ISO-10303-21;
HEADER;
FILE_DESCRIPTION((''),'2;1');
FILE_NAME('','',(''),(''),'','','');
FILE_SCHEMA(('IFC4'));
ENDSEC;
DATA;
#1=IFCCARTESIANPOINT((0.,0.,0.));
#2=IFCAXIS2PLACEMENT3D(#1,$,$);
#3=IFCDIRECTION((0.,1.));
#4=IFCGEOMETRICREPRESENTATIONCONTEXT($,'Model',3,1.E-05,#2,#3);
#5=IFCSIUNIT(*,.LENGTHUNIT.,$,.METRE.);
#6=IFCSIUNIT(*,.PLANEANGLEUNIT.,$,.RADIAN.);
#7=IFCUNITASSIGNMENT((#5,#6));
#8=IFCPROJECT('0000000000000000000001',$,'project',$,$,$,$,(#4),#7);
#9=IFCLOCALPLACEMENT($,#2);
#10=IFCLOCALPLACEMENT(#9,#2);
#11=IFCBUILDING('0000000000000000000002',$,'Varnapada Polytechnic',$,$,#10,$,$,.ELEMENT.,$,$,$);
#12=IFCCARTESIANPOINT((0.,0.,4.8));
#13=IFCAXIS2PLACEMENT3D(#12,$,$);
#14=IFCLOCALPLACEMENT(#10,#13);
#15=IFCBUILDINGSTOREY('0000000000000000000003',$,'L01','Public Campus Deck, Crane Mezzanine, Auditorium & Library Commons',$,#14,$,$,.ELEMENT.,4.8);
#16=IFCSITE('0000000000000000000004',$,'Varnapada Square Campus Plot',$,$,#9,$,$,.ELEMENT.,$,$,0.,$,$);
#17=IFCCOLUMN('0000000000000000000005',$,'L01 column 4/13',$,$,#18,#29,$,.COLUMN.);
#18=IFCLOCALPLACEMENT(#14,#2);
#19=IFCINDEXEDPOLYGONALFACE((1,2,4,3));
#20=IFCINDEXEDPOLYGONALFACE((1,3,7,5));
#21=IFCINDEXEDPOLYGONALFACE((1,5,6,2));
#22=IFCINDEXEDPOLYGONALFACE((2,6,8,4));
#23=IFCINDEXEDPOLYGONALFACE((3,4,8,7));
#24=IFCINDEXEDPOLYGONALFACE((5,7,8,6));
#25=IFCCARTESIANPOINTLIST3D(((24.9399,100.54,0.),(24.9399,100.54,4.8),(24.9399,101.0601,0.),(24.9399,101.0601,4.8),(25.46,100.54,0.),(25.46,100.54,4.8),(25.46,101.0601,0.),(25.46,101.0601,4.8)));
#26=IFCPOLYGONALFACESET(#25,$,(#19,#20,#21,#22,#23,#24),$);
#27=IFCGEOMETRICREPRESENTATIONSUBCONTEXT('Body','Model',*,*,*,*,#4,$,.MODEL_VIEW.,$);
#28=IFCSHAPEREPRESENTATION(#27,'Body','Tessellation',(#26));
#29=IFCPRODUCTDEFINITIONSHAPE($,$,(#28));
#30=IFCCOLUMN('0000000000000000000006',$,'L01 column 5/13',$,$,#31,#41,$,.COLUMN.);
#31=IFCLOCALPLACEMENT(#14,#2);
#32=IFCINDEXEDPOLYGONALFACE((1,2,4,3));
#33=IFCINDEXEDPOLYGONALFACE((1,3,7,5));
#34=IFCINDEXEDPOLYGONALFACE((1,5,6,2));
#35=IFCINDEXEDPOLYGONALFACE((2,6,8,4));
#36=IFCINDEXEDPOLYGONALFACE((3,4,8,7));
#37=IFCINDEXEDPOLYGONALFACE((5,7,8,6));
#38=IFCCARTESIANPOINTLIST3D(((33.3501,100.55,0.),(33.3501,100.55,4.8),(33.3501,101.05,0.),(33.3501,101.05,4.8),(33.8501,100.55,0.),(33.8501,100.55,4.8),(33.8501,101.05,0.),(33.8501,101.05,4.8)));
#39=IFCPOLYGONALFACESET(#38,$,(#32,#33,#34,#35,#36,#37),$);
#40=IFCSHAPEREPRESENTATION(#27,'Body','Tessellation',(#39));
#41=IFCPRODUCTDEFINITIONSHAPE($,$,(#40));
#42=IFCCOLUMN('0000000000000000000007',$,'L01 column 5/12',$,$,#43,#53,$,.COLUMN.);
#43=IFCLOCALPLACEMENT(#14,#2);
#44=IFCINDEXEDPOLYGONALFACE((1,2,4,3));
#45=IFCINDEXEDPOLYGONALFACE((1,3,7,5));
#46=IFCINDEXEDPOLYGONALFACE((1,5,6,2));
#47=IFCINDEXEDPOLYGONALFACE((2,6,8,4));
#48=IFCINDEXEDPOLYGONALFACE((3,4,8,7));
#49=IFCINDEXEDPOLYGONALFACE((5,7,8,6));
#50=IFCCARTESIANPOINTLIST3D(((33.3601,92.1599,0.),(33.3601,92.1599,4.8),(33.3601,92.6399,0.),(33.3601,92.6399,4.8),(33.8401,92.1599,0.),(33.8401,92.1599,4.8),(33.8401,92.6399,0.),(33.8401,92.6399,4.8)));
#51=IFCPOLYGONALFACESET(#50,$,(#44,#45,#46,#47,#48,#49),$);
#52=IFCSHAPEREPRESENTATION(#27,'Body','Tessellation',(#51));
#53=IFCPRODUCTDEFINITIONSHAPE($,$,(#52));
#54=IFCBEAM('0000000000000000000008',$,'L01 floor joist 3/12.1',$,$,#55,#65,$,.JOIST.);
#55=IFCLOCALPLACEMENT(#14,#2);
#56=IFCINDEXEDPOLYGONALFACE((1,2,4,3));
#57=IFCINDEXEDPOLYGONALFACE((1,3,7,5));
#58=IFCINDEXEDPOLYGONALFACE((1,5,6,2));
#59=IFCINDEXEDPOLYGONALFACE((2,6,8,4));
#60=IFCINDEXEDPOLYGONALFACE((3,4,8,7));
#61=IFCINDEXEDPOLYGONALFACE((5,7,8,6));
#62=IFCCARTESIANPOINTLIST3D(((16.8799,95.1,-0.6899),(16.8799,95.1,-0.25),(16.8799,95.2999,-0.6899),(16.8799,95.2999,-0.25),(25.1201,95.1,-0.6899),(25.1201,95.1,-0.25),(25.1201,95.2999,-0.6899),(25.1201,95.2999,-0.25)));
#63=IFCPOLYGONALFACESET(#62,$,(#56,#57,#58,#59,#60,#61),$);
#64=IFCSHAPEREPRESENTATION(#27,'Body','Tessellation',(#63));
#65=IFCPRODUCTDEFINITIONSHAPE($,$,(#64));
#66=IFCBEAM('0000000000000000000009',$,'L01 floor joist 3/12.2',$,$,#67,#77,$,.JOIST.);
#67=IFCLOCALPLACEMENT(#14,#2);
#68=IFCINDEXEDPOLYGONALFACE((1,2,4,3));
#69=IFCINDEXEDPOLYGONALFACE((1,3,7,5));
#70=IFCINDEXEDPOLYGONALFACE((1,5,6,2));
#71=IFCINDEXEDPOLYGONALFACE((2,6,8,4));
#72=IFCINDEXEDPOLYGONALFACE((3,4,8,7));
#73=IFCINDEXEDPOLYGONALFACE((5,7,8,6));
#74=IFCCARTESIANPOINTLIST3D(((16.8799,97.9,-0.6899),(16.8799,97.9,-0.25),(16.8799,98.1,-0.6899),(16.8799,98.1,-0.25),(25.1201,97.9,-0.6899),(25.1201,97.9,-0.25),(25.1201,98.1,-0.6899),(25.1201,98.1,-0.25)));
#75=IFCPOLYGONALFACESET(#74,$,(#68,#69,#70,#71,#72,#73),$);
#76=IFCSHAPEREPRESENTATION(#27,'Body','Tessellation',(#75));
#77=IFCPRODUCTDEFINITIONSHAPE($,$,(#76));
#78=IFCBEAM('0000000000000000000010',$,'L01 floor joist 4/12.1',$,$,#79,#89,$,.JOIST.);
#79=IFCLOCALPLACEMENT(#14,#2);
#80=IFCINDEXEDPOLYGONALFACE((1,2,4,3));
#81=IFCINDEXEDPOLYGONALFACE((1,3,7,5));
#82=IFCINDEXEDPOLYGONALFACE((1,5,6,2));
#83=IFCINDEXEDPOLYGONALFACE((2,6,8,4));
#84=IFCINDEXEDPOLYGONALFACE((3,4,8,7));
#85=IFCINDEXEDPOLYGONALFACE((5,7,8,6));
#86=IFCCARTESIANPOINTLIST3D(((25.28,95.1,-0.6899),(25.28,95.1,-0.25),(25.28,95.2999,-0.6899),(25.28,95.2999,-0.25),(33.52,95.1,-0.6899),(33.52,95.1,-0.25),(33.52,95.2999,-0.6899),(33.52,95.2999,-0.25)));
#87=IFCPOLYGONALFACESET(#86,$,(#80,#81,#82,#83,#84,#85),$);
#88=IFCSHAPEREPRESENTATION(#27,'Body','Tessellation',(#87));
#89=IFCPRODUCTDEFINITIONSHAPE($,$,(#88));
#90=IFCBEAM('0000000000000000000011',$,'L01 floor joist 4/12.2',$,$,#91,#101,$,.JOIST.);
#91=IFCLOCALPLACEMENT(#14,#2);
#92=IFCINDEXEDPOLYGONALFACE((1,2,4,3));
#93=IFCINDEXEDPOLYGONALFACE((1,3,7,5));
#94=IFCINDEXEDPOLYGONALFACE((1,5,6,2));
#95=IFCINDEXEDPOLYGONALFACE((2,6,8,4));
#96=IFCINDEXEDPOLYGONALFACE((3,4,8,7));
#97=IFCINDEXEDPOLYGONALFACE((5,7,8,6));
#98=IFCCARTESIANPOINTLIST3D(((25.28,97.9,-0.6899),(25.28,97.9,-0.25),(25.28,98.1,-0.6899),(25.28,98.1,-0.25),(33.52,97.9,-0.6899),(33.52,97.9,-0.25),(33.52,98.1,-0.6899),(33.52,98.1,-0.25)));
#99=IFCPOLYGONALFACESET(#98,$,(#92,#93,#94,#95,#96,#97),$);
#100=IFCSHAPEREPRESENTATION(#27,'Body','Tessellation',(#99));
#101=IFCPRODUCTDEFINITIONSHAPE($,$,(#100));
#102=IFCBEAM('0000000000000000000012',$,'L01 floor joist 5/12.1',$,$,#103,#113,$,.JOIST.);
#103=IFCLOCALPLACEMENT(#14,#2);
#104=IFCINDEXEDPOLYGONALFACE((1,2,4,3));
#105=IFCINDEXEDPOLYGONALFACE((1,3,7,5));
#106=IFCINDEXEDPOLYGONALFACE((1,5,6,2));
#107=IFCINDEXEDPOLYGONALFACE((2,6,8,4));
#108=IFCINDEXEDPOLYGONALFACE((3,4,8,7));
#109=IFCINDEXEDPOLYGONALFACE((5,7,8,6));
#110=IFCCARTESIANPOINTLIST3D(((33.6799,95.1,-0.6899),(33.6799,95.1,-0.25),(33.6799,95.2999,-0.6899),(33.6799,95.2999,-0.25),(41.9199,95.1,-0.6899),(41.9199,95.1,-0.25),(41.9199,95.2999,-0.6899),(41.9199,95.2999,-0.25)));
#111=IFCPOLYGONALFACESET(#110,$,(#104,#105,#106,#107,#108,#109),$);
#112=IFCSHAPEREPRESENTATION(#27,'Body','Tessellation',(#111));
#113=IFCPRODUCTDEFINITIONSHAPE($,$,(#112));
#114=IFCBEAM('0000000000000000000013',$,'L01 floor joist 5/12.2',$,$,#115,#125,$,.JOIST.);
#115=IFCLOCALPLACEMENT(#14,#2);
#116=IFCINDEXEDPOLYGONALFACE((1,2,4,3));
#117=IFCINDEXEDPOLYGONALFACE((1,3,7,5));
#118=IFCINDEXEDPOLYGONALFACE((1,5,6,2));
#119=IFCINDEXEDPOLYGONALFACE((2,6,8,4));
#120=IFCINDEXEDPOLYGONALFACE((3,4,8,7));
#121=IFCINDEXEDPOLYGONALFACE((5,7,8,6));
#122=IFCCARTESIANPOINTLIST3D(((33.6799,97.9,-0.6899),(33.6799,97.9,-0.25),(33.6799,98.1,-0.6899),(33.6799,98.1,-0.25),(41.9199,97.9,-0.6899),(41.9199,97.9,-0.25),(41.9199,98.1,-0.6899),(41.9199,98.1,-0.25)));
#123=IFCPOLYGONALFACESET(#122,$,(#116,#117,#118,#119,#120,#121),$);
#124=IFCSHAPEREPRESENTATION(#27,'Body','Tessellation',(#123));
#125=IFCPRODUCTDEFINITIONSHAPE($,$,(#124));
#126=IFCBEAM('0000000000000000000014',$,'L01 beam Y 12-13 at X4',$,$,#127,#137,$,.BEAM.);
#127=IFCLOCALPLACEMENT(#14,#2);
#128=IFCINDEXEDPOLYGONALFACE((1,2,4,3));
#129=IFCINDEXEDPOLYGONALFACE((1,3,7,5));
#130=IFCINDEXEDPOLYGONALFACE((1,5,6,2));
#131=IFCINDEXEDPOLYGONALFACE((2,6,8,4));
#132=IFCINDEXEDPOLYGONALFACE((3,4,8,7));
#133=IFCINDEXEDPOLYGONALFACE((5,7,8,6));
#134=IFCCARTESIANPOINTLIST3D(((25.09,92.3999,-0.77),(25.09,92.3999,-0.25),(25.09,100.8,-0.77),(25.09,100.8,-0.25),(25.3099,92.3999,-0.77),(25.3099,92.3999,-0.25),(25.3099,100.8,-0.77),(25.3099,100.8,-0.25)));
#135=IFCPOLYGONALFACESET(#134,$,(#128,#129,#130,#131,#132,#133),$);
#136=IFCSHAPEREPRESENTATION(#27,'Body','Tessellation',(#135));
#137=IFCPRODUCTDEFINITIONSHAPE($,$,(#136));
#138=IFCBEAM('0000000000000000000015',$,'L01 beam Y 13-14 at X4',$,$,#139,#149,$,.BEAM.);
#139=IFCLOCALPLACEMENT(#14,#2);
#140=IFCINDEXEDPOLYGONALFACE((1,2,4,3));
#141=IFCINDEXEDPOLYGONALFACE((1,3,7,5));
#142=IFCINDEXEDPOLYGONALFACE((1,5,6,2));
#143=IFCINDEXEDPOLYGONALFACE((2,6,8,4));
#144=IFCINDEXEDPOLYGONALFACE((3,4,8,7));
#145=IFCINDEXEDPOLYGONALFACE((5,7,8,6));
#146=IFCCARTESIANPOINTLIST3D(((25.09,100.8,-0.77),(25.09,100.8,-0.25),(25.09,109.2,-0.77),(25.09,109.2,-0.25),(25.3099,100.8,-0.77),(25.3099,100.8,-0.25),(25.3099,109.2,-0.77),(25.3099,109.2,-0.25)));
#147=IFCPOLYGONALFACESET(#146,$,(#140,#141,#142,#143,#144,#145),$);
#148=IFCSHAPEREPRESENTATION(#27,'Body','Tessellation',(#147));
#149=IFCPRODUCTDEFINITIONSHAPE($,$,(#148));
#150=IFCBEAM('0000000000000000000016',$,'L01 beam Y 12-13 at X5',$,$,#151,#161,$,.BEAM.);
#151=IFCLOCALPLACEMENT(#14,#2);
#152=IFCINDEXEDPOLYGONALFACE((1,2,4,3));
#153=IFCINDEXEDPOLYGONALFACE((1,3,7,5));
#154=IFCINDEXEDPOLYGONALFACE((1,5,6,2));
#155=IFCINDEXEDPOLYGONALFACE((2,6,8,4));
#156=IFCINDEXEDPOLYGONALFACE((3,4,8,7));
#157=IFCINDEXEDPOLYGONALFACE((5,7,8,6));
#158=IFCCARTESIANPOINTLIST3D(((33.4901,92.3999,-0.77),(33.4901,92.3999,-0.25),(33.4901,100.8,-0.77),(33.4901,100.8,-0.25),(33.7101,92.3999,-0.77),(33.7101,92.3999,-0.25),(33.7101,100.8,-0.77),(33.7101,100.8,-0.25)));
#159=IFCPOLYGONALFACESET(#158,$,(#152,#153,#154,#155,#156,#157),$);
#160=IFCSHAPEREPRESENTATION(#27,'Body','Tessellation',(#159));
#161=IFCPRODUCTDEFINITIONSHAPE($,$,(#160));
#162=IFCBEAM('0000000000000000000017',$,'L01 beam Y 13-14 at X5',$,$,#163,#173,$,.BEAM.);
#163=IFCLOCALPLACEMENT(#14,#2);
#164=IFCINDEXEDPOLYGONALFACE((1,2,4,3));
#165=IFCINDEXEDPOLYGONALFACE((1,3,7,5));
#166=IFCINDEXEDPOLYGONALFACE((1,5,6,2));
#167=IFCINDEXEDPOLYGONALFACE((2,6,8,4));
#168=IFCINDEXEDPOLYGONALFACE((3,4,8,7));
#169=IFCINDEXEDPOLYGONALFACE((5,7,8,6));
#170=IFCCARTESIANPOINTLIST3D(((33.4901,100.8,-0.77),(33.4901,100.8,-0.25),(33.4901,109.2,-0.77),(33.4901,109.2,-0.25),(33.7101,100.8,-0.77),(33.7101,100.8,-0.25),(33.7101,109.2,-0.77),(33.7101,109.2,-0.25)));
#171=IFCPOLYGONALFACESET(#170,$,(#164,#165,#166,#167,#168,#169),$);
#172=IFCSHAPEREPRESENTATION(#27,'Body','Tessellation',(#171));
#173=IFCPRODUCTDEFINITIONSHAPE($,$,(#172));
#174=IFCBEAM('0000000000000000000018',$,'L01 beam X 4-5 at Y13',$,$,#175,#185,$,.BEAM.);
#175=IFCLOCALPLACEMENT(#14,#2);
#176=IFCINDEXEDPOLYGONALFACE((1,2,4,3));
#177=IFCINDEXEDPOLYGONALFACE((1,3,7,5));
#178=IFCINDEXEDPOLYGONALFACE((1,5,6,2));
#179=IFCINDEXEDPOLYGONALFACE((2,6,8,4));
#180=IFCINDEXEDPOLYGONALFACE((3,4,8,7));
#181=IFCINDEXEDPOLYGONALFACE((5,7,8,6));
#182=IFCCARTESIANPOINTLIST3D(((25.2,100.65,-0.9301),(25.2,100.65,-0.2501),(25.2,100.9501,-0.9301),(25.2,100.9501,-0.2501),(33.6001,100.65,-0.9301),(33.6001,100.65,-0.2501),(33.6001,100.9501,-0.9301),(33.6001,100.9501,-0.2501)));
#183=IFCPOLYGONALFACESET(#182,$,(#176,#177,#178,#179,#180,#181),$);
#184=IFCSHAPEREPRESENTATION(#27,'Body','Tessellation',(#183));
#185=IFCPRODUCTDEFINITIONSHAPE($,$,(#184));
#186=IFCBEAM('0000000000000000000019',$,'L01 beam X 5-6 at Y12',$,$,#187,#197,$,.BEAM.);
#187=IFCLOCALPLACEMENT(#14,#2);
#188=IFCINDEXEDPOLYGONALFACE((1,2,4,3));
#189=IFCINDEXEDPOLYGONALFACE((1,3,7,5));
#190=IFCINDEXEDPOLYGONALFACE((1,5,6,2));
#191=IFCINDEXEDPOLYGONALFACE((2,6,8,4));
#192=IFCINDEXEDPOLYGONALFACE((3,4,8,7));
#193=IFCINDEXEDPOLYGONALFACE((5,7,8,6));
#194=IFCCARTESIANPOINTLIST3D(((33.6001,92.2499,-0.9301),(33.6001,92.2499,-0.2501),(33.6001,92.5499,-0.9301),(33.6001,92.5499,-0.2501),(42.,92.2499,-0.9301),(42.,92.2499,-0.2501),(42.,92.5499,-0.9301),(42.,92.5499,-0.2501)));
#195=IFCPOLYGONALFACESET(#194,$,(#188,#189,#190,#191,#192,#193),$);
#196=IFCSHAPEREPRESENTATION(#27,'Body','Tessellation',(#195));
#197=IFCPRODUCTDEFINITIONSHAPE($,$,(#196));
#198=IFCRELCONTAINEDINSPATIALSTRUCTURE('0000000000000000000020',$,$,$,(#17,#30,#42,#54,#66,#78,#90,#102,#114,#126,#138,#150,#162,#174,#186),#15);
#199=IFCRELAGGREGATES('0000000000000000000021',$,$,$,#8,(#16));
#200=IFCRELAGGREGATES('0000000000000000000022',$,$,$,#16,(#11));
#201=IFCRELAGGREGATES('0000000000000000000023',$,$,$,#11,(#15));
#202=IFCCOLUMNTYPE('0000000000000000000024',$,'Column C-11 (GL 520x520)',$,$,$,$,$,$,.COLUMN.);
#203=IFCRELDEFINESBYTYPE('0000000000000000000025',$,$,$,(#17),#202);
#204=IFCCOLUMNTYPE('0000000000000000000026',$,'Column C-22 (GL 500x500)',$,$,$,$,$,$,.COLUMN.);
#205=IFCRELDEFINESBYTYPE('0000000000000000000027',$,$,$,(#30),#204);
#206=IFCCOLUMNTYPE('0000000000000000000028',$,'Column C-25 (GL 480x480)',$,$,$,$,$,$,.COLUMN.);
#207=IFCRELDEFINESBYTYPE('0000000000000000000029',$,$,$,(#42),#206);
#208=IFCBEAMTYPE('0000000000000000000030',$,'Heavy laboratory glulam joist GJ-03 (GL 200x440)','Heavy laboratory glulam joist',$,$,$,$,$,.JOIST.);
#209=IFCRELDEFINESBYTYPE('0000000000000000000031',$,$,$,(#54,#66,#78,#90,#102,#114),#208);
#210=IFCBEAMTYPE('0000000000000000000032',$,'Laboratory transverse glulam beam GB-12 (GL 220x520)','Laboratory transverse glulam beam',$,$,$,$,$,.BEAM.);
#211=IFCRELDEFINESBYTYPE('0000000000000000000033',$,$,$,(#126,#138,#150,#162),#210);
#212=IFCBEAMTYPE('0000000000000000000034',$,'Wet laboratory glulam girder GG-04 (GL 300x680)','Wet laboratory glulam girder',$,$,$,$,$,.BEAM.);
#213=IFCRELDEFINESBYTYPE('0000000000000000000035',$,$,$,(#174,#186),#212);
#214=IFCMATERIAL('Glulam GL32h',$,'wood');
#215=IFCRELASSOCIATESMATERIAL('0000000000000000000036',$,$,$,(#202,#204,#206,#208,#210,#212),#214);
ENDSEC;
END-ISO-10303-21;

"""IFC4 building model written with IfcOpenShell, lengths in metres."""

from ifc_helpers import new_model, si_unit, direction, frame, origin, origin_2d, place, context, subcontext, project, spatial, rectangle, extrude, material, material_profile, profile_set, type_object, element, save


model = new_model("IFC4")

# Units and contexts
model_context = context("Model", 3, precision=1e-05, world=origin(), true_north=direction((0.0, 1.0)))
body_context = subcontext(model_context, "Body", "Model", "MODEL_VIEW")
ifc_project = project(units=[si_unit("LENGTHUNIT", "METRE"), si_unit("PLANEANGLEUNIT", "RADIAN")], contexts=[model_context])

# Site, building, storey
site_placement = place(None, origin())
site = spatial("IfcSite", under=ifc_project, at=site_placement, Name="Varnapada Square Campus Plot", CompositionType="ELEMENT", RefElevation=0.0)
building_placement = place(site_placement, origin())
building = spatial("IfcBuilding", under=site, at=building_placement, Name="Varnapada Polytechnic", CompositionType="ELEMENT")
storey_placement = place(building_placement, frame((0.0, 0.0, 4.8)))
storey = spatial("IfcBuildingStorey", under=building, at=storey_placement, Name="L01", Description="Public Campus Deck, Crane Mezzanine, Auditorium & Library Commons", CompositionType="ELEMENT", Elevation=4.8)

# Columns
ifc_material_1 = material(Name="Glulam GL32h", Category="wood")
ifc_material_profile_1 = material_profile(ifc_material_1, rectangle(XDim=0.52, YDim=0.52, at=origin_2d()), Name="GL 520x520")
ifc_profile_set_1 = profile_set([ifc_material_profile_1], Name="Glulam GL32h")
column_type_1 = type_object("IfcColumnType", Name="Column C-11 (GL 520x520)", PredefinedType="COLUMN", material=ifc_profile_set_1)
column_1_placement = place(storey_placement, frame((25.2, 100.8, 0.0), z_axis=(0.0, 0.0, 1.0), x_axis=(1.0, 0.0, 0.0)))
element("IfcColumn", 1, at=column_1_placement, inside=storey, type_object=column_type_1, Name="L01 column 4/13", PredefinedType="COLUMN", context=body_context, shape_type="SweptSolid", body=[
    extrude(rectangle(XDim=0.52, YDim=0.52, at=origin_2d()), origin(), (0.0, 0.0, 1.0), 4.8),
])
ifc_material_profile_2 = material_profile(ifc_material_1, rectangle(XDim=0.5, YDim=0.5, at=origin_2d()), Name="GL 500x500")
ifc_profile_set_2 = profile_set([ifc_material_profile_2], Name="Glulam GL32h")
column_type_2 = type_object("IfcColumnType", Name="Column C-22 (GL 500x500)", PredefinedType="COLUMN", material=ifc_profile_set_2)
column_2_placement = place(storey_placement, frame((33.6001, 100.8, 0.0), z_axis=(0.0, 0.0, 1.0), x_axis=(1.0, 0.0, 0.0)))
element("IfcColumn", 2, at=column_2_placement, inside=storey, type_object=column_type_2, Name="L01 column 5/13", PredefinedType="COLUMN", context=body_context, shape_type="SweptSolid", body=[
    extrude(rectangle(XDim=0.5, YDim=0.5, at=origin_2d()), origin(), (0.0, 0.0, 1.0), 4.8),
])
ifc_material_profile_3 = material_profile(ifc_material_1, rectangle(XDim=0.48, YDim=0.48, at=origin_2d()), Name="GL 480x480")
ifc_profile_set_3 = profile_set([ifc_material_profile_3], Name="Glulam GL32h")
column_type_3 = type_object("IfcColumnType", Name="Column C-25 (GL 480x480)", PredefinedType="COLUMN", material=ifc_profile_set_3)
column_3_placement = place(storey_placement, frame((33.6001, 92.3999, 0.0), z_axis=(0.0, 0.0, 1.0), x_axis=(1.0, 0.0, 0.0)))
element("IfcColumn", 3, at=column_3_placement, inside=storey, type_object=column_type_3, Name="L01 column 5/12", PredefinedType="COLUMN", context=body_context, shape_type="SweptSolid", body=[
    extrude(rectangle(XDim=0.48, YDim=0.48, at=origin_2d()), origin(), (0.0, 0.0, 1.0), 4.8),
])

# Beams
ifc_material_profile_4 = material_profile(ifc_material_1, rectangle(XDim=0.2, YDim=0.4399, at=origin_2d()), Name="GL 200x440")
ifc_profile_set_4 = profile_set([ifc_material_profile_4], Name="Glulam GL32h")
beam_type_1 = type_object("IfcBeamType", Name="Heavy laboratory glulam joist GJ-03 (GL 200x440)", Description="Heavy laboratory glulam joist", PredefinedType="JOIST", material=ifc_profile_set_4)
for number, where, z_axis, x_axis, name in (
    (4, (16.8799, 95.2, -0.47), (1.0, 0.0, 0.0), (0.0, 1.0, 0.0), "L01 floor joist 3/12.1"),
    (5, (16.8799, 98.0, -0.47), (1.0, 0.0, 0.0), (0.0, 1.0, 0.0), "L01 floor joist 3/12.2"),
):
    element("IfcBeam", number, at=place(storey_placement, frame(where, z_axis=z_axis, x_axis=x_axis)), inside=storey, type_object=beam_type_1, Name=name, PredefinedType="JOIST", context=body_context, shape_type="SweptSolid", body=[
        extrude(rectangle(XDim=0.2, YDim=0.4399, at=origin_2d()), origin(), (0.0, 0.0, 1.0), 8.2402),
    ])
for number, where, z_axis, x_axis, name in (
    (6, (25.28, 95.2, -0.47), (1.0, 0.0, 0.0), (0.0, 1.0, 0.0), "L01 floor joist 4/12.1"),
    (7, (25.28, 98.0, -0.47), (1.0, 0.0, 0.0), (0.0, 1.0, 0.0), "L01 floor joist 4/12.2"),
    (8, (33.6799, 95.2, -0.47), (1.0, 0.0, 0.0), (0.0, 1.0, 0.0), "L01 floor joist 5/12.1"),
    (9, (33.6799, 98.0, -0.47), (1.0, 0.0, 0.0), (0.0, 1.0, 0.0), "L01 floor joist 5/12.2"),
):
    element("IfcBeam", number, at=place(storey_placement, frame(where, z_axis=z_axis, x_axis=x_axis)), inside=storey, type_object=beam_type_1, Name=name, PredefinedType="JOIST", context=body_context, shape_type="SweptSolid", body=[
        extrude(rectangle(XDim=0.2, YDim=0.4399, at=origin_2d()), origin(), (0.0, 0.0, 1.0), 8.24),
    ])
ifc_material_profile_5 = material_profile(ifc_material_1, rectangle(XDim=0.22, YDim=0.52, at=origin_2d()), Name="GL 220x520")
ifc_profile_set_5 = profile_set([ifc_material_profile_5], Name="Glulam GL32h")
beam_type_2 = type_object("IfcBeamType", Name="Laboratory transverse glulam beam GB-12 (GL 220x520)", Description="Laboratory transverse glulam beam", PredefinedType="BEAM", material=ifc_profile_set_5)
beam_1_placement = place(storey_placement, frame((25.2, 92.3999, -0.51), z_axis=(0.0, 1.0, 0.0), x_axis=(-1.0, 0.0, 0.0)))
element("IfcBeam", 10, at=beam_1_placement, inside=storey, type_object=beam_type_2, Name="L01 beam Y 12-13 at X4", PredefinedType="BEAM", context=body_context, shape_type="SweptSolid", body=[
    extrude(rectangle(XDim=0.22, YDim=0.52, at=origin_2d()), origin(), (0.0, 0.0, 1.0), 8.4001),
])
beam_2_placement = place(storey_placement, frame((25.2, 100.8, -0.51), z_axis=(0.0, 1.0, 0.0), x_axis=(-1.0, 0.0, 0.0)))
element("IfcBeam", 11, at=beam_2_placement, inside=storey, type_object=beam_type_2, Name="L01 beam Y 13-14 at X4", PredefinedType="BEAM", context=body_context, shape_type="SweptSolid", body=[
    extrude(rectangle(XDim=0.22, YDim=0.52, at=origin_2d()), origin(), (0.0, 0.0, 1.0), 8.3999),
])
beam_3_placement = place(storey_placement, frame((33.6001, 92.3999, -0.51), z_axis=(0.0, 1.0, 0.0), x_axis=(-1.0, 0.0, 0.0)))
element("IfcBeam", 12, at=beam_3_placement, inside=storey, type_object=beam_type_2, Name="L01 beam Y 12-13 at X5", PredefinedType="BEAM", context=body_context, shape_type="SweptSolid", body=[
    extrude(rectangle(XDim=0.22, YDim=0.52, at=origin_2d()), origin(), (0.0, 0.0, 1.0), 8.4001),
])
beam_4_placement = place(storey_placement, frame((33.6001, 100.8, -0.51), z_axis=(0.0, 1.0, 0.0), x_axis=(-1.0, 0.0, 0.0)))
element("IfcBeam", 13, at=beam_4_placement, inside=storey, type_object=beam_type_2, Name="L01 beam Y 13-14 at X5", PredefinedType="BEAM", context=body_context, shape_type="SweptSolid", body=[
    extrude(rectangle(XDim=0.22, YDim=0.52, at=origin_2d()), origin(), (0.0, 0.0, 1.0), 8.3999),
])
ifc_material_profile_6 = material_profile(ifc_material_1, rectangle(XDim=0.3, YDim=0.6799, at=origin_2d()), Name="GL 300x680")
ifc_profile_set_6 = profile_set([ifc_material_profile_6], Name="Glulam GL32h")
beam_type_3 = type_object("IfcBeamType", Name="Wet laboratory glulam girder GG-04 (GL 300x680)", Description="Wet laboratory glulam girder", PredefinedType="BEAM", material=ifc_profile_set_6)
beam_5_placement = place(storey_placement, frame((25.2, 100.8, -0.5901), z_axis=(1.0, 0.0, 0.0), x_axis=(0.0, 1.0, 0.0)))
element("IfcBeam", 14, at=beam_5_placement, inside=storey, type_object=beam_type_3, Name="L01 beam X 4-5 at Y13", PredefinedType="BEAM", context=body_context, shape_type="SweptSolid", body=[
    extrude(rectangle(XDim=0.3, YDim=0.6799, at=origin_2d()), origin(), (0.0, 0.0, 1.0), 8.4001),
])
for number, where, z_axis, x_axis, name in (
    (15, (33.6001, 92.3999, -0.5901), (1.0, 0.0, 0.0), (0.0, 1.0, 0.0), "L01 beam X 5-6 at Y12"),
):
    element("IfcBeam", number, at=place(storey_placement, frame(where, z_axis=z_axis, x_axis=x_axis)), inside=storey, type_object=beam_type_3, Name=name, PredefinedType="BEAM", context=body_context, shape_type="SweptSolid", body=[
        extrude(rectangle(XDim=0.3, YDim=0.6799, at=origin_2d()), origin(), (0.0, 0.0, 1.0), 8.3999),
    ])

save(model, "model.ifc")
